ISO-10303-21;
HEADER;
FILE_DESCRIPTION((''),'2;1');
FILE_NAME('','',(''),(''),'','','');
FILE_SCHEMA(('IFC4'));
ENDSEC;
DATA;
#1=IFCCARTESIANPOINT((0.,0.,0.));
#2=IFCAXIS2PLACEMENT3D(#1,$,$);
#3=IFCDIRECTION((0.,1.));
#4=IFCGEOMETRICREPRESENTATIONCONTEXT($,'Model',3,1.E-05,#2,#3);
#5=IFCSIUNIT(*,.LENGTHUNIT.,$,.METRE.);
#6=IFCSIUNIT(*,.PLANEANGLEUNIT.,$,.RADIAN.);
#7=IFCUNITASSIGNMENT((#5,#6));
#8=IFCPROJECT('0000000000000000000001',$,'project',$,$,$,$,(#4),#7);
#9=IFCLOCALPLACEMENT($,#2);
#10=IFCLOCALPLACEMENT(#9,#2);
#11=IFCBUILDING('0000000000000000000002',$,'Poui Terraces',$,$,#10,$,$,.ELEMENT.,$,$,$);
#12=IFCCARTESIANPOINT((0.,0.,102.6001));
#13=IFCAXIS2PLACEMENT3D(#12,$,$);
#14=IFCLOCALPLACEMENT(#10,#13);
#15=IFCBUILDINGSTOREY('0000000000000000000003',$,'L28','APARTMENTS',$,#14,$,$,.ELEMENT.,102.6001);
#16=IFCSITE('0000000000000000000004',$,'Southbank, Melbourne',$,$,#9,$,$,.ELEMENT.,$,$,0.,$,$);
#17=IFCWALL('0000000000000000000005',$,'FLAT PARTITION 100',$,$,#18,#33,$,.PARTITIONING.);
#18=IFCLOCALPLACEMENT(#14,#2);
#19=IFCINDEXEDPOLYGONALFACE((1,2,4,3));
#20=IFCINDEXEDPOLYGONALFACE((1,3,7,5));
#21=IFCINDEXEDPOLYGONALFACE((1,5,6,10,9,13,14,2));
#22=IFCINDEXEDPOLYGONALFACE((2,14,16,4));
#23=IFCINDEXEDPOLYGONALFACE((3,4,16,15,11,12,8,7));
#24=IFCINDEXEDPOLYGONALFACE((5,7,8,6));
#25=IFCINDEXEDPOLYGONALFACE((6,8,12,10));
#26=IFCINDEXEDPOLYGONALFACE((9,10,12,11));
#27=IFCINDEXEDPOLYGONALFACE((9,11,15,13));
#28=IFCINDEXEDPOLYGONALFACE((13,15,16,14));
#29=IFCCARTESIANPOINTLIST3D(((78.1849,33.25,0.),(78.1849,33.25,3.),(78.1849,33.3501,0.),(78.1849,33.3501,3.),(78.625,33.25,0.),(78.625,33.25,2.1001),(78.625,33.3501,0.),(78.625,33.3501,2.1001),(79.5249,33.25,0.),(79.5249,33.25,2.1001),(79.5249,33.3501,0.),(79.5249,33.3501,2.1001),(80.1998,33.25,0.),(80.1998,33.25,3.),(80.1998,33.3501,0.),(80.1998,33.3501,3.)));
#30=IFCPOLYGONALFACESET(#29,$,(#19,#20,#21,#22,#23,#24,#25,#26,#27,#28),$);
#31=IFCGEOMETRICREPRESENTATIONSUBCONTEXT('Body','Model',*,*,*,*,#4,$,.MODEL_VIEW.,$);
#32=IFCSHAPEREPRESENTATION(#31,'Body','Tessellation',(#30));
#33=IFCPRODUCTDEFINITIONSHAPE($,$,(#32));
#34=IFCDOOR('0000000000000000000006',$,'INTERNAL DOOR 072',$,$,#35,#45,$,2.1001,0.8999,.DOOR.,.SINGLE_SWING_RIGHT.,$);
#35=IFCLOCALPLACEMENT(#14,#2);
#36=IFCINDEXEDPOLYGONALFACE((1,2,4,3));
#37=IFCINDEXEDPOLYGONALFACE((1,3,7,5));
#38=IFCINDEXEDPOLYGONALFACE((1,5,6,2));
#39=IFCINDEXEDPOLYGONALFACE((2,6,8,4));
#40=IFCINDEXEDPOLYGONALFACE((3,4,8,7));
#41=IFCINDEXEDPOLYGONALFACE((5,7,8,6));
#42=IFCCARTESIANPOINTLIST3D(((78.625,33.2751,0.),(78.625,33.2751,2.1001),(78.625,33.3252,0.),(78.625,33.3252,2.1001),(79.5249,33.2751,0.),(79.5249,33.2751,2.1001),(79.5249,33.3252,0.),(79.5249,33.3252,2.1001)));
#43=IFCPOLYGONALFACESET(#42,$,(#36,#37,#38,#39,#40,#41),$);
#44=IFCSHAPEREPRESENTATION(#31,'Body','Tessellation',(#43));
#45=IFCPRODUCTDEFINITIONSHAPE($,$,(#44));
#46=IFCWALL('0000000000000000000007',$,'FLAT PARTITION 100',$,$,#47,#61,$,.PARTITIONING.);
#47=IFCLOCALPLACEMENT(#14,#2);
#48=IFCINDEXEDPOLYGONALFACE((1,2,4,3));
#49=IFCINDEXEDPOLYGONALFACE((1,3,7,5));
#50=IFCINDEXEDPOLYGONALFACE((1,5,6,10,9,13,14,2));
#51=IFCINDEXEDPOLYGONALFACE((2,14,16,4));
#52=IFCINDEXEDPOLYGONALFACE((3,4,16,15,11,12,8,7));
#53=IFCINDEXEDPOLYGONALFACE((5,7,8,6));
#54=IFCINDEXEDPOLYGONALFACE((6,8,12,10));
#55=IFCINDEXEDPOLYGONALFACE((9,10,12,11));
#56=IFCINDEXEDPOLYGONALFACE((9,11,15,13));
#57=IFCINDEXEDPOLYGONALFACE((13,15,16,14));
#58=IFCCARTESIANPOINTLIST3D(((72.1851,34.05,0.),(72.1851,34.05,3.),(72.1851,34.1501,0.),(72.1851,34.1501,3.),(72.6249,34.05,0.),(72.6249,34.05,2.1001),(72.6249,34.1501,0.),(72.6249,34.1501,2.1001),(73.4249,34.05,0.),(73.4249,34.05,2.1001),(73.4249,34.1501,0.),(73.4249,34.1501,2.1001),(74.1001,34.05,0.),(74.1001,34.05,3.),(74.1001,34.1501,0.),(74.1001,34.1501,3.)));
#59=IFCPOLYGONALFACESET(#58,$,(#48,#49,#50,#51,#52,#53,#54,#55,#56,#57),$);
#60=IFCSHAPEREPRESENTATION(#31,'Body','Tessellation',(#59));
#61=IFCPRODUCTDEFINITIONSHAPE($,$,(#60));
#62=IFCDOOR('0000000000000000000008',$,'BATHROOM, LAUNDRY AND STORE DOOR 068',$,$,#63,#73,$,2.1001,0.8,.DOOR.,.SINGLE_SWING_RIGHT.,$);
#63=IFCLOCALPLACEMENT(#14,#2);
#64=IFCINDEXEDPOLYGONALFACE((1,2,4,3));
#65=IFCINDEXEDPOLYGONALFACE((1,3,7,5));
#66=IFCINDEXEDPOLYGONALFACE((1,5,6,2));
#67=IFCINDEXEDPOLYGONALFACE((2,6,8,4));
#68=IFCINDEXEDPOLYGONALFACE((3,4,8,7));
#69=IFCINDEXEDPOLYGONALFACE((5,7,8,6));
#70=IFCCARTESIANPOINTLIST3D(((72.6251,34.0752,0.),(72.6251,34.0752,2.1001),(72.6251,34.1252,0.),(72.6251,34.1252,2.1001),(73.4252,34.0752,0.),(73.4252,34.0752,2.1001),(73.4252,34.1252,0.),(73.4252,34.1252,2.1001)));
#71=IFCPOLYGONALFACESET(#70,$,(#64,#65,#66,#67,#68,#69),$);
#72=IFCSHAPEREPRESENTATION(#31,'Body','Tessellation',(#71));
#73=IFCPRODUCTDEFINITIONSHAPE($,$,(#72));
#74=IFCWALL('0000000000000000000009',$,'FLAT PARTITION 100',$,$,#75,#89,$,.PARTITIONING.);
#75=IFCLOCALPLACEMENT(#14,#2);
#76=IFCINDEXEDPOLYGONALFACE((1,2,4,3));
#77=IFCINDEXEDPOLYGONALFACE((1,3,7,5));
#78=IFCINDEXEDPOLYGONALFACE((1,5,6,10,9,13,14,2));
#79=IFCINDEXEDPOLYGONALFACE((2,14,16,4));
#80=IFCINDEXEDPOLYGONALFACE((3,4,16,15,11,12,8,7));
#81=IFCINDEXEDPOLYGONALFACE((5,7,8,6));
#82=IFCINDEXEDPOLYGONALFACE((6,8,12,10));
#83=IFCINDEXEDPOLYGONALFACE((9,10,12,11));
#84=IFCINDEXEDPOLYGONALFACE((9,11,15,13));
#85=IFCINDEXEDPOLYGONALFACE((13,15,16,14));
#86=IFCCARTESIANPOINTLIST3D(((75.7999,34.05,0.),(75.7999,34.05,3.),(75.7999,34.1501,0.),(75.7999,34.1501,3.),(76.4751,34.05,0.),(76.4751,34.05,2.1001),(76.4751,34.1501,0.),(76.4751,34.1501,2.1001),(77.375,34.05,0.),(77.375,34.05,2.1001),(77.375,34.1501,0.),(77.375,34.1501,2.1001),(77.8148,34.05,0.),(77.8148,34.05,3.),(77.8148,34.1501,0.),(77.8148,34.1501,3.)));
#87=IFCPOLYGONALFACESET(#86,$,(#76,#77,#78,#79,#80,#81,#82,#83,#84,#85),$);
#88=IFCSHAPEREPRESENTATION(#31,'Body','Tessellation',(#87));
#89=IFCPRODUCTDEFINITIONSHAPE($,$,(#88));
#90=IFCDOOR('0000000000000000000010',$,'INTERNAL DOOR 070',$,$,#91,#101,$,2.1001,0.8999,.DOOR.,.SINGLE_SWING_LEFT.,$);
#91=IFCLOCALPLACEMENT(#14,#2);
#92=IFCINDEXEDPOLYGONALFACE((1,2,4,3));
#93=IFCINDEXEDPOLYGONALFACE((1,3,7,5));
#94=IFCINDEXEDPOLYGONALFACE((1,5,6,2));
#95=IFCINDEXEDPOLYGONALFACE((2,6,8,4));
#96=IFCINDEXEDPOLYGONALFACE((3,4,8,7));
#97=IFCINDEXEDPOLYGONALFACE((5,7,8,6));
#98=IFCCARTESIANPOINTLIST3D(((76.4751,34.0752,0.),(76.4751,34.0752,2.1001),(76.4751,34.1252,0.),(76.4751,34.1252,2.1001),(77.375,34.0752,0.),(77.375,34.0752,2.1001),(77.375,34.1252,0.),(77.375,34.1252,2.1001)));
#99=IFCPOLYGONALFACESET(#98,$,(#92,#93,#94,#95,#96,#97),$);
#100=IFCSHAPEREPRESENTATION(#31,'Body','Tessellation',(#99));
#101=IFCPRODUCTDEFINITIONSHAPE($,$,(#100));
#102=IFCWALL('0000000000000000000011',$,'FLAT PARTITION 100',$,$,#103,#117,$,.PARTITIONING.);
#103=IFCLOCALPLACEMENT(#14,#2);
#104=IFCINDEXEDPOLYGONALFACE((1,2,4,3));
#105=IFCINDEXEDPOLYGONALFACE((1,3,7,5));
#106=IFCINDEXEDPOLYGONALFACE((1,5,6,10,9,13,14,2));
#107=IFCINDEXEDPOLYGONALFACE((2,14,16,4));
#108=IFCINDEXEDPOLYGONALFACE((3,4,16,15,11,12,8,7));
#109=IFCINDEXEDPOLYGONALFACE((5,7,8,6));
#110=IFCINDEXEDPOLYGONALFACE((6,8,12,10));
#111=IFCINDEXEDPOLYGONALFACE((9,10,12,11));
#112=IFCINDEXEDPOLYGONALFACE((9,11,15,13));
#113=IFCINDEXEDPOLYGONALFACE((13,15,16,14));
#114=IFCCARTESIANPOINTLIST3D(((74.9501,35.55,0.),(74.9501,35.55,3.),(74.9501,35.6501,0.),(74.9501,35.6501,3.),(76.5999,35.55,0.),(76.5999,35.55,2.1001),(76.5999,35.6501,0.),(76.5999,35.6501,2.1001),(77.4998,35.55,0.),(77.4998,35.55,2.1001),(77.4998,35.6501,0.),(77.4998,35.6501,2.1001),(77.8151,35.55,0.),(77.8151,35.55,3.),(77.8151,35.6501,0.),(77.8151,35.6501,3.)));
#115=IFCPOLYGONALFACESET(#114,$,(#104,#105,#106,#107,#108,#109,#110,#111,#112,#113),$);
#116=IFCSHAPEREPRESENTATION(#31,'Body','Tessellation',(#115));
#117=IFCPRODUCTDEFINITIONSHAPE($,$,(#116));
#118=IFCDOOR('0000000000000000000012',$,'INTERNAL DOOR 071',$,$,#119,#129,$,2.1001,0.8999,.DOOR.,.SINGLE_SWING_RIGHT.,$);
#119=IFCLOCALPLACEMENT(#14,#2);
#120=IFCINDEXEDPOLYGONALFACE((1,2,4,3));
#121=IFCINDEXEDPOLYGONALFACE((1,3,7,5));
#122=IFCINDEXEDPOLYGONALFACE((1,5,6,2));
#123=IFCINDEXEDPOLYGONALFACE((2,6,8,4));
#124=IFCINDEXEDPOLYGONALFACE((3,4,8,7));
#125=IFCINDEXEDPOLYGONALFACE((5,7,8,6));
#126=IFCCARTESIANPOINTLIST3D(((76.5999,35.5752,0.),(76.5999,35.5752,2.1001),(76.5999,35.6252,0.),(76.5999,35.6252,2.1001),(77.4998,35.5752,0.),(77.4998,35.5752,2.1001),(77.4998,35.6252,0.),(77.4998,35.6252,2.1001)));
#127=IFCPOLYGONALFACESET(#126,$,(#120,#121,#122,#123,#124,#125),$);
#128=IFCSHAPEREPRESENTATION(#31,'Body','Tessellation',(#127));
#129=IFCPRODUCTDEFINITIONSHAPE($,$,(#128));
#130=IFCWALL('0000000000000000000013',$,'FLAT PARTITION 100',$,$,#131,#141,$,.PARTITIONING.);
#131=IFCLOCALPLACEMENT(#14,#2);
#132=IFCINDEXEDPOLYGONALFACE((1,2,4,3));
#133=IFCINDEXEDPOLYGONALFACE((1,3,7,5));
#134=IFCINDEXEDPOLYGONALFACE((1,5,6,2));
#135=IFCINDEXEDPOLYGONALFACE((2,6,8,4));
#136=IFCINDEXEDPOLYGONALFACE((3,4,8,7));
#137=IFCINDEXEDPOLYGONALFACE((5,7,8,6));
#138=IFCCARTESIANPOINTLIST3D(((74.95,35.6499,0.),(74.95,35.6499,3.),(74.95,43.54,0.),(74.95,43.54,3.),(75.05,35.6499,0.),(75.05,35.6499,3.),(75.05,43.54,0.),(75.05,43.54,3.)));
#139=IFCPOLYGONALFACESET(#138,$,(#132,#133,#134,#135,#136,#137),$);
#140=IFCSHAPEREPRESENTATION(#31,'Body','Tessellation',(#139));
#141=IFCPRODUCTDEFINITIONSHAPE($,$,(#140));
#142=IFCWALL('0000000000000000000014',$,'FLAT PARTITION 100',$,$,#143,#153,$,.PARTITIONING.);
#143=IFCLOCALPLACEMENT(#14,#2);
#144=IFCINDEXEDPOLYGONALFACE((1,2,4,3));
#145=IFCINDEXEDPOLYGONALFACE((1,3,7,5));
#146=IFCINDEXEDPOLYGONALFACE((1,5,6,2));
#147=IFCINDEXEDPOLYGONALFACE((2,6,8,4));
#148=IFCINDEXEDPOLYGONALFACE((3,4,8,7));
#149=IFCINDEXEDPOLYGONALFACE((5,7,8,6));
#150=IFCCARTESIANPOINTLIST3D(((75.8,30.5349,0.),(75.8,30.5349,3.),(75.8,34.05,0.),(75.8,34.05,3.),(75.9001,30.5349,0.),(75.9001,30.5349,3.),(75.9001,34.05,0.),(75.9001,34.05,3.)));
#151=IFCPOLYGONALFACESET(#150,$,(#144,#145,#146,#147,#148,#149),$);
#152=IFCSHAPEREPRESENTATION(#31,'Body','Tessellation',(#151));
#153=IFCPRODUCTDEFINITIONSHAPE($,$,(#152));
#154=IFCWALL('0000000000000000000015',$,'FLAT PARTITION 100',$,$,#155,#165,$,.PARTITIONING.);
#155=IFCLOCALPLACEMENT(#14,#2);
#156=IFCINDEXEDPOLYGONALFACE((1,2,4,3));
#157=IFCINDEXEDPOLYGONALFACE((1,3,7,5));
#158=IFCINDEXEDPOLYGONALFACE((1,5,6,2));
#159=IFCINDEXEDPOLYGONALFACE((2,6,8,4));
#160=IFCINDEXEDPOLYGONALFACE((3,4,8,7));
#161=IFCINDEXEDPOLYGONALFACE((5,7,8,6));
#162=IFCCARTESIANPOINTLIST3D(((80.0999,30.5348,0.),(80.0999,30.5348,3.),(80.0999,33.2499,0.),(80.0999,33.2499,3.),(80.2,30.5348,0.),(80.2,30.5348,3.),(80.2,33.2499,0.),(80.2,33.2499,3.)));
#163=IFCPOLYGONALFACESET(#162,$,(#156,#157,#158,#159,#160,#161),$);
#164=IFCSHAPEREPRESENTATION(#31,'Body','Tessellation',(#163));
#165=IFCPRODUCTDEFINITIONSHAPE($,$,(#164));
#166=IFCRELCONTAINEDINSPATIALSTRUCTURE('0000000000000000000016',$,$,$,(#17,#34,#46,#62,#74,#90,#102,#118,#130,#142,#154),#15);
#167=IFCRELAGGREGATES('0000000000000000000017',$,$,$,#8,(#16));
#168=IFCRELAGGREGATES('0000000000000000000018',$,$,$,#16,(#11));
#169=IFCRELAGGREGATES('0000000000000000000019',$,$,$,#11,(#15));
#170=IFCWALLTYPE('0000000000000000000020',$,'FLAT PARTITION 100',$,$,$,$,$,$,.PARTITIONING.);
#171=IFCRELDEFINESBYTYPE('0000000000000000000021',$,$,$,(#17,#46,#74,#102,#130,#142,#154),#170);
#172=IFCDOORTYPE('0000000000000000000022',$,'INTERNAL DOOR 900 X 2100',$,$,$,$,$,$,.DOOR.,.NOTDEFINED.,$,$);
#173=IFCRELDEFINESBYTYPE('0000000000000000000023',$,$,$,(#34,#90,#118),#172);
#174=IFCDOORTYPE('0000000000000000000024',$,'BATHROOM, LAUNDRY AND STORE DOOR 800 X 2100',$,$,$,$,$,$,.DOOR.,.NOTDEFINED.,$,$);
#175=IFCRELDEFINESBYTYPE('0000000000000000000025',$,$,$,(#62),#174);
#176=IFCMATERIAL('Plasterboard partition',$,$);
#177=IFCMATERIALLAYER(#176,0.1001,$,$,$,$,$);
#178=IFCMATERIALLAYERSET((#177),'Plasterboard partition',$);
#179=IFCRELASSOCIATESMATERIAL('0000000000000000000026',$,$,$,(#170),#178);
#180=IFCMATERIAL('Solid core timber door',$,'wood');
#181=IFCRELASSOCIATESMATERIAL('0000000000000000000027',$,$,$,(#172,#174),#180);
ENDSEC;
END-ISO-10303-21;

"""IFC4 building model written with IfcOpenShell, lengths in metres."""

from ifc_helpers import new_model, si_unit, direction, frame, frame_2d, origin, place, context, subcontext, project, spatial, rectangle, extrude, material, layer, layer_set, type_object, element, fill, save


model = new_model("IFC4")

# Units and contexts
model_context = context("Model", 3, precision=1e-05, world=origin(), true_north=direction((0.0, 1.0)))
body_context = subcontext(model_context, "Body", "Model", "MODEL_VIEW")
ifc_project = project(units=[si_unit("LENGTHUNIT", "METRE"), si_unit("PLANEANGLEUNIT", "RADIAN")], contexts=[model_context])

# Site, building, storey
site_placement = place(None, origin())
site = spatial("IfcSite", under=ifc_project, at=site_placement, Name="Southbank, Melbourne", CompositionType="ELEMENT", RefElevation=0.0)
building_placement = place(site_placement, origin())
building = spatial("IfcBuilding", under=site, at=building_placement, Name="Poui Terraces", CompositionType="ELEMENT")
storey_placement = place(building_placement, frame((0.0, 0.0, 102.6001)))
storey = spatial("IfcBuildingStorey", under=building, at=storey_placement, Name="L28", Description="APARTMENTS", CompositionType="ELEMENT", Elevation=102.6001)

# Walls, openings, doors
ifc_material_1 = material(Name="Plasterboard partition")
ifc_layer_1 = layer(ifc_material_1, 0.1001)
ifc_layer_set_1 = layer_set([ifc_layer_1], Name="Plasterboard partition")
wall_type_1 = type_object("IfcWallType", Name="FLAT PARTITION 100", PredefinedType="PARTITIONING", material=ifc_layer_set_1)
wall_1_placement = place(storey_placement, frame((78.1851, 33.3, 0.0), z_axis=(0.0, 0.0, 1.0), x_axis=(1.0, 0.0, 0.0)))
wall_1 = element("IfcWall", 1, at=wall_1_placement, inside=storey, type_object=wall_type_1, Name="FLAT PARTITION 100", PredefinedType="PARTITIONING", context=body_context, shape_type="SweptSolid", body=[
    extrude(rectangle(XDim=2.0149, YDim=0.1001, at=frame_2d((1.0073, 0.0))), origin(), (0.0, 0.0, 1.0), 3.0),
])
opening_1_placement = place(wall_1_placement, frame((0.4399, 0.0, 0.0)))
opening_1 = element("IfcOpeningElement", 2, at=opening_1_placement, cuts=wall_1, PredefinedType="OPENING", context=body_context, shape_type="SweptSolid", body=[
    extrude(rectangle(XDim=0.8999, YDim=2.1001, at=frame_2d((0.45, 1.05))), frame((0.0, 0.0601, 0.0), z_axis=(0.0, -1.0, 0.0), x_axis=(1.0, 0.0, 0.0)), (0.0, 0.0, 1.0), 0.1201),
])
ifc_material_2 = material(Name="Solid core timber door", Category="wood")
door_type_1 = type_object("IfcDoorType", Name="INTERNAL DOOR 900 X 2100", OperationType="NOTDEFINED", PredefinedType="DOOR", material=ifc_material_2)
door_1_placement = place(opening_1_placement, frame((0.8999, 0.0, 0.0), z_axis=(0.0, 0.0, 1.0), x_axis=(-1.0, 0.0, 0.0)))
door_1 = element("IfcDoor", 3, at=door_1_placement, inside=storey, type_object=door_type_1, Name="INTERNAL DOOR 072", OperationType="SINGLE_SWING_RIGHT", OverallHeight=2.1001, OverallWidth=0.8999, PredefinedType="DOOR", context=body_context, shape_type="SweptSolid", body=[
    extrude(rectangle(XDim=0.8999, YDim=2.1001, at=frame_2d((0.45, 1.05))), frame((0.0, 0.0249, 0.0), z_axis=(0.0, -1.0, 0.0), x_axis=(1.0, 0.0, 0.0)), (0.0, 0.0, 1.0), 0.05),
])
fill(opening_1, door_1)
wall_2_placement = place(storey_placement, frame((72.1851, 34.1001, 0.0), z_axis=(0.0, 0.0, 1.0), x_axis=(1.0, 0.0, 0.0)))
wall_2 = element("IfcWall", 4, at=wall_2_placement, inside=storey, type_object=wall_type_1, Name="FLAT PARTITION 100", PredefinedType="PARTITIONING", context=body_context, shape_type="SweptSolid", body=[
    extrude(rectangle(XDim=1.915, YDim=0.1001, at=frame_2d((0.9575, 0.0))), origin(), (0.0, 0.0, 1.0), 3.0),
])
opening_2_placement = place(wall_2_placement, frame((0.4399, 0.0, 0.0)))
opening_2 = element("IfcOpeningElement", 5, at=opening_2_placement, cuts=wall_2, PredefinedType="OPENING", context=body_context, shape_type="SweptSolid", body=[
    extrude(rectangle(XDim=0.8, YDim=2.1001, at=frame_2d((0.3999, 1.05))), frame((0.0, 0.0601, 0.0), z_axis=(0.0, -1.0, 0.0), x_axis=(1.0, 0.0, 0.0)), (0.0, 0.0, 1.0), 0.1201),
])
door_type_2 = type_object("IfcDoorType", Name="BATHROOM, LAUNDRY AND STORE DOOR 800 X 2100", OperationType="NOTDEFINED", PredefinedType="DOOR", material=ifc_material_2)
door_2_placement = place(opening_2_placement, frame((0.8, 0.0, 0.0), z_axis=(0.0, 0.0, 1.0), x_axis=(-1.0, 0.0, 0.0)))
door_2 = element("IfcDoor", 6, at=door_2_placement, inside=storey, type_object=door_type_2, Name="BATHROOM, LAUNDRY AND STORE DOOR 068", OperationType="SINGLE_SWING_RIGHT", OverallHeight=2.1001, OverallWidth=0.8, PredefinedType="DOOR", context=body_context, shape_type="SweptSolid", body=[
    extrude(rectangle(XDim=0.8, YDim=2.1001, at=frame_2d((0.3999, 1.05))), frame((0.0, 0.0249, 0.0), z_axis=(0.0, -1.0, 0.0), x_axis=(1.0, 0.0, 0.0)), (0.0, 0.0, 1.0), 0.05),
])
fill(opening_2, door_2)
wall_3_placement = place(storey_placement, frame((75.8, 34.1001, 0.0), z_axis=(0.0, 0.0, 1.0), x_axis=(1.0, 0.0, 0.0)))
wall_3 = element("IfcWall", 7, at=wall_3_placement, inside=storey, type_object=wall_type_1, Name="FLAT PARTITION 100", PredefinedType="PARTITIONING", context=body_context, shape_type="SweptSolid", body=[
    extrude(rectangle(XDim=2.0149, YDim=0.1001, at=frame_2d((1.0073, 0.0))), origin(), (0.0, 0.0, 1.0), 3.0),
])
opening_3_placement = place(wall_3_placement, frame((0.675, 0.0, 0.0)))
opening_3 = element("IfcOpeningElement", 8, at=opening_3_placement, cuts=wall_3, PredefinedType="OPENING", context=body_context, shape_type="SweptSolid", body=[
    extrude(rectangle(XDim=0.8999, YDim=2.1001, at=frame_2d((0.45, 1.05))), frame((0.0, 0.0601, 0.0), z_axis=(0.0, -1.0, 0.0), x_axis=(1.0, 0.0, 0.0)), (0.0, 0.0, 1.0), 0.1201),
])
door_3_placement = place(opening_3_placement, frame((0.8999, 0.0, 0.0), z_axis=(0.0, 0.0, 1.0), x_axis=(-1.0, 0.0, 0.0)))
door_3 = element("IfcDoor", 9, at=door_3_placement, inside=storey, type_object=door_type_1, Name="INTERNAL DOOR 070", OperationType="SINGLE_SWING_LEFT", OverallHeight=2.1001, OverallWidth=0.8999, PredefinedType="DOOR", context=body_context, shape_type="SweptSolid", body=[
    extrude(rectangle(XDim=0.8999, YDim=2.1001, at=frame_2d((0.45, 1.05))), frame((0.0, 0.0249, 0.0), z_axis=(0.0, -1.0, 0.0), x_axis=(1.0, 0.0, 0.0)), (0.0, 0.0, 1.0), 0.05),
])
fill(opening_3, door_3)
wall_4_placement = place(storey_placement, frame((74.95, 35.6001, 0.0), z_axis=(0.0, 0.0, 1.0), x_axis=(1.0, 0.0, 0.0)))
wall_4 = element("IfcWall", 10, at=wall_4_placement, inside=storey, type_object=wall_type_1, Name="FLAT PARTITION 100", PredefinedType="PARTITIONING", context=body_context, shape_type="SweptSolid", body=[
    extrude(rectangle(XDim=2.865, YDim=0.1001, at=frame_2d((1.4326, 0.0))), origin(), (0.0, 0.0, 1.0), 3.0),
])
opening_4_placement = place(wall_4_placement, frame((1.6499, 0.0, 0.0)))
opening_4 = element("IfcOpeningElement", 11, at=opening_4_placement, cuts=wall_4, PredefinedType="OPENING", context=body_context, shape_type="SweptSolid", body=[
    extrude(rectangle(XDim=0.8999, YDim=2.1001, at=frame_2d((0.45, 1.05))), frame((0.0, 0.0601, 0.0), z_axis=(0.0, -1.0, 0.0), x_axis=(1.0, 0.0, 0.0)), (0.0, 0.0, 1.0), 0.1201),
])
door_4_placement = place(opening_4_placement, frame((0.8999, 0.0, 0.0), z_axis=(0.0, 0.0, 1.0), x_axis=(-1.0, 0.0, 0.0)))
door_4 = element("IfcDoor", 12, at=door_4_placement, inside=storey, type_object=door_type_1, Name="INTERNAL DOOR 071", OperationType="SINGLE_SWING_RIGHT", OverallHeight=2.1001, OverallWidth=0.8999, PredefinedType="DOOR", context=body_context, shape_type="SweptSolid", body=[
    extrude(rectangle(XDim=0.8999, YDim=2.1001, at=frame_2d((0.45, 1.05))), frame((0.0, 0.0249, 0.0), z_axis=(0.0, -1.0, 0.0), x_axis=(1.0, 0.0, 0.0)), (0.0, 0.0, 1.0), 0.05),
])
fill(opening_4, door_4)

# Walls
wall_5_placement = place(storey_placement, frame((75.0, 35.6499, 0.0), z_axis=(0.0, 0.0, 1.0), x_axis=(0.0, 1.0, 0.0)))
element("IfcWall", 13, at=wall_5_placement, inside=storey, type_object=wall_type_1, Name="FLAT PARTITION 100", PredefinedType="PARTITIONING", context=body_context, shape_type="SweptSolid", body=[
    extrude(rectangle(XDim=7.8901, YDim=0.1001, at=frame_2d((3.9451, 0.0))), origin(), (0.0, 0.0, 1.0), 3.0),
])
wall_6_placement = place(storey_placement, frame((75.8501, 30.5349, 0.0), z_axis=(0.0, 0.0, 1.0), x_axis=(0.0, 1.0, 0.0)))
element("IfcWall", 14, at=wall_6_placement, inside=storey, type_object=wall_type_1, Name="FLAT PARTITION 100", PredefinedType="PARTITIONING", context=body_context, shape_type="SweptSolid", body=[
    extrude(rectangle(XDim=3.5151, YDim=0.1001, at=frame_2d((1.7576, 0.0))), origin(), (0.0, 0.0, 1.0), 3.0),
])
wall_7_placement = place(storey_placement, frame((80.1499, 30.5349, 0.0), z_axis=(0.0, 0.0, 1.0), x_axis=(0.0, 1.0, 0.0)))
element("IfcWall", 15, at=wall_7_placement, inside=storey, type_object=wall_type_1, Name="FLAT PARTITION 100", PredefinedType="PARTITIONING", context=body_context, shape_type="SweptSolid", body=[
    extrude(rectangle(XDim=2.7151, YDim=0.1001, at=frame_2d((1.3574, 0.0))), origin(), (0.0, 0.0, 1.0), 3.0),
])

save(model, "model.ifc")
